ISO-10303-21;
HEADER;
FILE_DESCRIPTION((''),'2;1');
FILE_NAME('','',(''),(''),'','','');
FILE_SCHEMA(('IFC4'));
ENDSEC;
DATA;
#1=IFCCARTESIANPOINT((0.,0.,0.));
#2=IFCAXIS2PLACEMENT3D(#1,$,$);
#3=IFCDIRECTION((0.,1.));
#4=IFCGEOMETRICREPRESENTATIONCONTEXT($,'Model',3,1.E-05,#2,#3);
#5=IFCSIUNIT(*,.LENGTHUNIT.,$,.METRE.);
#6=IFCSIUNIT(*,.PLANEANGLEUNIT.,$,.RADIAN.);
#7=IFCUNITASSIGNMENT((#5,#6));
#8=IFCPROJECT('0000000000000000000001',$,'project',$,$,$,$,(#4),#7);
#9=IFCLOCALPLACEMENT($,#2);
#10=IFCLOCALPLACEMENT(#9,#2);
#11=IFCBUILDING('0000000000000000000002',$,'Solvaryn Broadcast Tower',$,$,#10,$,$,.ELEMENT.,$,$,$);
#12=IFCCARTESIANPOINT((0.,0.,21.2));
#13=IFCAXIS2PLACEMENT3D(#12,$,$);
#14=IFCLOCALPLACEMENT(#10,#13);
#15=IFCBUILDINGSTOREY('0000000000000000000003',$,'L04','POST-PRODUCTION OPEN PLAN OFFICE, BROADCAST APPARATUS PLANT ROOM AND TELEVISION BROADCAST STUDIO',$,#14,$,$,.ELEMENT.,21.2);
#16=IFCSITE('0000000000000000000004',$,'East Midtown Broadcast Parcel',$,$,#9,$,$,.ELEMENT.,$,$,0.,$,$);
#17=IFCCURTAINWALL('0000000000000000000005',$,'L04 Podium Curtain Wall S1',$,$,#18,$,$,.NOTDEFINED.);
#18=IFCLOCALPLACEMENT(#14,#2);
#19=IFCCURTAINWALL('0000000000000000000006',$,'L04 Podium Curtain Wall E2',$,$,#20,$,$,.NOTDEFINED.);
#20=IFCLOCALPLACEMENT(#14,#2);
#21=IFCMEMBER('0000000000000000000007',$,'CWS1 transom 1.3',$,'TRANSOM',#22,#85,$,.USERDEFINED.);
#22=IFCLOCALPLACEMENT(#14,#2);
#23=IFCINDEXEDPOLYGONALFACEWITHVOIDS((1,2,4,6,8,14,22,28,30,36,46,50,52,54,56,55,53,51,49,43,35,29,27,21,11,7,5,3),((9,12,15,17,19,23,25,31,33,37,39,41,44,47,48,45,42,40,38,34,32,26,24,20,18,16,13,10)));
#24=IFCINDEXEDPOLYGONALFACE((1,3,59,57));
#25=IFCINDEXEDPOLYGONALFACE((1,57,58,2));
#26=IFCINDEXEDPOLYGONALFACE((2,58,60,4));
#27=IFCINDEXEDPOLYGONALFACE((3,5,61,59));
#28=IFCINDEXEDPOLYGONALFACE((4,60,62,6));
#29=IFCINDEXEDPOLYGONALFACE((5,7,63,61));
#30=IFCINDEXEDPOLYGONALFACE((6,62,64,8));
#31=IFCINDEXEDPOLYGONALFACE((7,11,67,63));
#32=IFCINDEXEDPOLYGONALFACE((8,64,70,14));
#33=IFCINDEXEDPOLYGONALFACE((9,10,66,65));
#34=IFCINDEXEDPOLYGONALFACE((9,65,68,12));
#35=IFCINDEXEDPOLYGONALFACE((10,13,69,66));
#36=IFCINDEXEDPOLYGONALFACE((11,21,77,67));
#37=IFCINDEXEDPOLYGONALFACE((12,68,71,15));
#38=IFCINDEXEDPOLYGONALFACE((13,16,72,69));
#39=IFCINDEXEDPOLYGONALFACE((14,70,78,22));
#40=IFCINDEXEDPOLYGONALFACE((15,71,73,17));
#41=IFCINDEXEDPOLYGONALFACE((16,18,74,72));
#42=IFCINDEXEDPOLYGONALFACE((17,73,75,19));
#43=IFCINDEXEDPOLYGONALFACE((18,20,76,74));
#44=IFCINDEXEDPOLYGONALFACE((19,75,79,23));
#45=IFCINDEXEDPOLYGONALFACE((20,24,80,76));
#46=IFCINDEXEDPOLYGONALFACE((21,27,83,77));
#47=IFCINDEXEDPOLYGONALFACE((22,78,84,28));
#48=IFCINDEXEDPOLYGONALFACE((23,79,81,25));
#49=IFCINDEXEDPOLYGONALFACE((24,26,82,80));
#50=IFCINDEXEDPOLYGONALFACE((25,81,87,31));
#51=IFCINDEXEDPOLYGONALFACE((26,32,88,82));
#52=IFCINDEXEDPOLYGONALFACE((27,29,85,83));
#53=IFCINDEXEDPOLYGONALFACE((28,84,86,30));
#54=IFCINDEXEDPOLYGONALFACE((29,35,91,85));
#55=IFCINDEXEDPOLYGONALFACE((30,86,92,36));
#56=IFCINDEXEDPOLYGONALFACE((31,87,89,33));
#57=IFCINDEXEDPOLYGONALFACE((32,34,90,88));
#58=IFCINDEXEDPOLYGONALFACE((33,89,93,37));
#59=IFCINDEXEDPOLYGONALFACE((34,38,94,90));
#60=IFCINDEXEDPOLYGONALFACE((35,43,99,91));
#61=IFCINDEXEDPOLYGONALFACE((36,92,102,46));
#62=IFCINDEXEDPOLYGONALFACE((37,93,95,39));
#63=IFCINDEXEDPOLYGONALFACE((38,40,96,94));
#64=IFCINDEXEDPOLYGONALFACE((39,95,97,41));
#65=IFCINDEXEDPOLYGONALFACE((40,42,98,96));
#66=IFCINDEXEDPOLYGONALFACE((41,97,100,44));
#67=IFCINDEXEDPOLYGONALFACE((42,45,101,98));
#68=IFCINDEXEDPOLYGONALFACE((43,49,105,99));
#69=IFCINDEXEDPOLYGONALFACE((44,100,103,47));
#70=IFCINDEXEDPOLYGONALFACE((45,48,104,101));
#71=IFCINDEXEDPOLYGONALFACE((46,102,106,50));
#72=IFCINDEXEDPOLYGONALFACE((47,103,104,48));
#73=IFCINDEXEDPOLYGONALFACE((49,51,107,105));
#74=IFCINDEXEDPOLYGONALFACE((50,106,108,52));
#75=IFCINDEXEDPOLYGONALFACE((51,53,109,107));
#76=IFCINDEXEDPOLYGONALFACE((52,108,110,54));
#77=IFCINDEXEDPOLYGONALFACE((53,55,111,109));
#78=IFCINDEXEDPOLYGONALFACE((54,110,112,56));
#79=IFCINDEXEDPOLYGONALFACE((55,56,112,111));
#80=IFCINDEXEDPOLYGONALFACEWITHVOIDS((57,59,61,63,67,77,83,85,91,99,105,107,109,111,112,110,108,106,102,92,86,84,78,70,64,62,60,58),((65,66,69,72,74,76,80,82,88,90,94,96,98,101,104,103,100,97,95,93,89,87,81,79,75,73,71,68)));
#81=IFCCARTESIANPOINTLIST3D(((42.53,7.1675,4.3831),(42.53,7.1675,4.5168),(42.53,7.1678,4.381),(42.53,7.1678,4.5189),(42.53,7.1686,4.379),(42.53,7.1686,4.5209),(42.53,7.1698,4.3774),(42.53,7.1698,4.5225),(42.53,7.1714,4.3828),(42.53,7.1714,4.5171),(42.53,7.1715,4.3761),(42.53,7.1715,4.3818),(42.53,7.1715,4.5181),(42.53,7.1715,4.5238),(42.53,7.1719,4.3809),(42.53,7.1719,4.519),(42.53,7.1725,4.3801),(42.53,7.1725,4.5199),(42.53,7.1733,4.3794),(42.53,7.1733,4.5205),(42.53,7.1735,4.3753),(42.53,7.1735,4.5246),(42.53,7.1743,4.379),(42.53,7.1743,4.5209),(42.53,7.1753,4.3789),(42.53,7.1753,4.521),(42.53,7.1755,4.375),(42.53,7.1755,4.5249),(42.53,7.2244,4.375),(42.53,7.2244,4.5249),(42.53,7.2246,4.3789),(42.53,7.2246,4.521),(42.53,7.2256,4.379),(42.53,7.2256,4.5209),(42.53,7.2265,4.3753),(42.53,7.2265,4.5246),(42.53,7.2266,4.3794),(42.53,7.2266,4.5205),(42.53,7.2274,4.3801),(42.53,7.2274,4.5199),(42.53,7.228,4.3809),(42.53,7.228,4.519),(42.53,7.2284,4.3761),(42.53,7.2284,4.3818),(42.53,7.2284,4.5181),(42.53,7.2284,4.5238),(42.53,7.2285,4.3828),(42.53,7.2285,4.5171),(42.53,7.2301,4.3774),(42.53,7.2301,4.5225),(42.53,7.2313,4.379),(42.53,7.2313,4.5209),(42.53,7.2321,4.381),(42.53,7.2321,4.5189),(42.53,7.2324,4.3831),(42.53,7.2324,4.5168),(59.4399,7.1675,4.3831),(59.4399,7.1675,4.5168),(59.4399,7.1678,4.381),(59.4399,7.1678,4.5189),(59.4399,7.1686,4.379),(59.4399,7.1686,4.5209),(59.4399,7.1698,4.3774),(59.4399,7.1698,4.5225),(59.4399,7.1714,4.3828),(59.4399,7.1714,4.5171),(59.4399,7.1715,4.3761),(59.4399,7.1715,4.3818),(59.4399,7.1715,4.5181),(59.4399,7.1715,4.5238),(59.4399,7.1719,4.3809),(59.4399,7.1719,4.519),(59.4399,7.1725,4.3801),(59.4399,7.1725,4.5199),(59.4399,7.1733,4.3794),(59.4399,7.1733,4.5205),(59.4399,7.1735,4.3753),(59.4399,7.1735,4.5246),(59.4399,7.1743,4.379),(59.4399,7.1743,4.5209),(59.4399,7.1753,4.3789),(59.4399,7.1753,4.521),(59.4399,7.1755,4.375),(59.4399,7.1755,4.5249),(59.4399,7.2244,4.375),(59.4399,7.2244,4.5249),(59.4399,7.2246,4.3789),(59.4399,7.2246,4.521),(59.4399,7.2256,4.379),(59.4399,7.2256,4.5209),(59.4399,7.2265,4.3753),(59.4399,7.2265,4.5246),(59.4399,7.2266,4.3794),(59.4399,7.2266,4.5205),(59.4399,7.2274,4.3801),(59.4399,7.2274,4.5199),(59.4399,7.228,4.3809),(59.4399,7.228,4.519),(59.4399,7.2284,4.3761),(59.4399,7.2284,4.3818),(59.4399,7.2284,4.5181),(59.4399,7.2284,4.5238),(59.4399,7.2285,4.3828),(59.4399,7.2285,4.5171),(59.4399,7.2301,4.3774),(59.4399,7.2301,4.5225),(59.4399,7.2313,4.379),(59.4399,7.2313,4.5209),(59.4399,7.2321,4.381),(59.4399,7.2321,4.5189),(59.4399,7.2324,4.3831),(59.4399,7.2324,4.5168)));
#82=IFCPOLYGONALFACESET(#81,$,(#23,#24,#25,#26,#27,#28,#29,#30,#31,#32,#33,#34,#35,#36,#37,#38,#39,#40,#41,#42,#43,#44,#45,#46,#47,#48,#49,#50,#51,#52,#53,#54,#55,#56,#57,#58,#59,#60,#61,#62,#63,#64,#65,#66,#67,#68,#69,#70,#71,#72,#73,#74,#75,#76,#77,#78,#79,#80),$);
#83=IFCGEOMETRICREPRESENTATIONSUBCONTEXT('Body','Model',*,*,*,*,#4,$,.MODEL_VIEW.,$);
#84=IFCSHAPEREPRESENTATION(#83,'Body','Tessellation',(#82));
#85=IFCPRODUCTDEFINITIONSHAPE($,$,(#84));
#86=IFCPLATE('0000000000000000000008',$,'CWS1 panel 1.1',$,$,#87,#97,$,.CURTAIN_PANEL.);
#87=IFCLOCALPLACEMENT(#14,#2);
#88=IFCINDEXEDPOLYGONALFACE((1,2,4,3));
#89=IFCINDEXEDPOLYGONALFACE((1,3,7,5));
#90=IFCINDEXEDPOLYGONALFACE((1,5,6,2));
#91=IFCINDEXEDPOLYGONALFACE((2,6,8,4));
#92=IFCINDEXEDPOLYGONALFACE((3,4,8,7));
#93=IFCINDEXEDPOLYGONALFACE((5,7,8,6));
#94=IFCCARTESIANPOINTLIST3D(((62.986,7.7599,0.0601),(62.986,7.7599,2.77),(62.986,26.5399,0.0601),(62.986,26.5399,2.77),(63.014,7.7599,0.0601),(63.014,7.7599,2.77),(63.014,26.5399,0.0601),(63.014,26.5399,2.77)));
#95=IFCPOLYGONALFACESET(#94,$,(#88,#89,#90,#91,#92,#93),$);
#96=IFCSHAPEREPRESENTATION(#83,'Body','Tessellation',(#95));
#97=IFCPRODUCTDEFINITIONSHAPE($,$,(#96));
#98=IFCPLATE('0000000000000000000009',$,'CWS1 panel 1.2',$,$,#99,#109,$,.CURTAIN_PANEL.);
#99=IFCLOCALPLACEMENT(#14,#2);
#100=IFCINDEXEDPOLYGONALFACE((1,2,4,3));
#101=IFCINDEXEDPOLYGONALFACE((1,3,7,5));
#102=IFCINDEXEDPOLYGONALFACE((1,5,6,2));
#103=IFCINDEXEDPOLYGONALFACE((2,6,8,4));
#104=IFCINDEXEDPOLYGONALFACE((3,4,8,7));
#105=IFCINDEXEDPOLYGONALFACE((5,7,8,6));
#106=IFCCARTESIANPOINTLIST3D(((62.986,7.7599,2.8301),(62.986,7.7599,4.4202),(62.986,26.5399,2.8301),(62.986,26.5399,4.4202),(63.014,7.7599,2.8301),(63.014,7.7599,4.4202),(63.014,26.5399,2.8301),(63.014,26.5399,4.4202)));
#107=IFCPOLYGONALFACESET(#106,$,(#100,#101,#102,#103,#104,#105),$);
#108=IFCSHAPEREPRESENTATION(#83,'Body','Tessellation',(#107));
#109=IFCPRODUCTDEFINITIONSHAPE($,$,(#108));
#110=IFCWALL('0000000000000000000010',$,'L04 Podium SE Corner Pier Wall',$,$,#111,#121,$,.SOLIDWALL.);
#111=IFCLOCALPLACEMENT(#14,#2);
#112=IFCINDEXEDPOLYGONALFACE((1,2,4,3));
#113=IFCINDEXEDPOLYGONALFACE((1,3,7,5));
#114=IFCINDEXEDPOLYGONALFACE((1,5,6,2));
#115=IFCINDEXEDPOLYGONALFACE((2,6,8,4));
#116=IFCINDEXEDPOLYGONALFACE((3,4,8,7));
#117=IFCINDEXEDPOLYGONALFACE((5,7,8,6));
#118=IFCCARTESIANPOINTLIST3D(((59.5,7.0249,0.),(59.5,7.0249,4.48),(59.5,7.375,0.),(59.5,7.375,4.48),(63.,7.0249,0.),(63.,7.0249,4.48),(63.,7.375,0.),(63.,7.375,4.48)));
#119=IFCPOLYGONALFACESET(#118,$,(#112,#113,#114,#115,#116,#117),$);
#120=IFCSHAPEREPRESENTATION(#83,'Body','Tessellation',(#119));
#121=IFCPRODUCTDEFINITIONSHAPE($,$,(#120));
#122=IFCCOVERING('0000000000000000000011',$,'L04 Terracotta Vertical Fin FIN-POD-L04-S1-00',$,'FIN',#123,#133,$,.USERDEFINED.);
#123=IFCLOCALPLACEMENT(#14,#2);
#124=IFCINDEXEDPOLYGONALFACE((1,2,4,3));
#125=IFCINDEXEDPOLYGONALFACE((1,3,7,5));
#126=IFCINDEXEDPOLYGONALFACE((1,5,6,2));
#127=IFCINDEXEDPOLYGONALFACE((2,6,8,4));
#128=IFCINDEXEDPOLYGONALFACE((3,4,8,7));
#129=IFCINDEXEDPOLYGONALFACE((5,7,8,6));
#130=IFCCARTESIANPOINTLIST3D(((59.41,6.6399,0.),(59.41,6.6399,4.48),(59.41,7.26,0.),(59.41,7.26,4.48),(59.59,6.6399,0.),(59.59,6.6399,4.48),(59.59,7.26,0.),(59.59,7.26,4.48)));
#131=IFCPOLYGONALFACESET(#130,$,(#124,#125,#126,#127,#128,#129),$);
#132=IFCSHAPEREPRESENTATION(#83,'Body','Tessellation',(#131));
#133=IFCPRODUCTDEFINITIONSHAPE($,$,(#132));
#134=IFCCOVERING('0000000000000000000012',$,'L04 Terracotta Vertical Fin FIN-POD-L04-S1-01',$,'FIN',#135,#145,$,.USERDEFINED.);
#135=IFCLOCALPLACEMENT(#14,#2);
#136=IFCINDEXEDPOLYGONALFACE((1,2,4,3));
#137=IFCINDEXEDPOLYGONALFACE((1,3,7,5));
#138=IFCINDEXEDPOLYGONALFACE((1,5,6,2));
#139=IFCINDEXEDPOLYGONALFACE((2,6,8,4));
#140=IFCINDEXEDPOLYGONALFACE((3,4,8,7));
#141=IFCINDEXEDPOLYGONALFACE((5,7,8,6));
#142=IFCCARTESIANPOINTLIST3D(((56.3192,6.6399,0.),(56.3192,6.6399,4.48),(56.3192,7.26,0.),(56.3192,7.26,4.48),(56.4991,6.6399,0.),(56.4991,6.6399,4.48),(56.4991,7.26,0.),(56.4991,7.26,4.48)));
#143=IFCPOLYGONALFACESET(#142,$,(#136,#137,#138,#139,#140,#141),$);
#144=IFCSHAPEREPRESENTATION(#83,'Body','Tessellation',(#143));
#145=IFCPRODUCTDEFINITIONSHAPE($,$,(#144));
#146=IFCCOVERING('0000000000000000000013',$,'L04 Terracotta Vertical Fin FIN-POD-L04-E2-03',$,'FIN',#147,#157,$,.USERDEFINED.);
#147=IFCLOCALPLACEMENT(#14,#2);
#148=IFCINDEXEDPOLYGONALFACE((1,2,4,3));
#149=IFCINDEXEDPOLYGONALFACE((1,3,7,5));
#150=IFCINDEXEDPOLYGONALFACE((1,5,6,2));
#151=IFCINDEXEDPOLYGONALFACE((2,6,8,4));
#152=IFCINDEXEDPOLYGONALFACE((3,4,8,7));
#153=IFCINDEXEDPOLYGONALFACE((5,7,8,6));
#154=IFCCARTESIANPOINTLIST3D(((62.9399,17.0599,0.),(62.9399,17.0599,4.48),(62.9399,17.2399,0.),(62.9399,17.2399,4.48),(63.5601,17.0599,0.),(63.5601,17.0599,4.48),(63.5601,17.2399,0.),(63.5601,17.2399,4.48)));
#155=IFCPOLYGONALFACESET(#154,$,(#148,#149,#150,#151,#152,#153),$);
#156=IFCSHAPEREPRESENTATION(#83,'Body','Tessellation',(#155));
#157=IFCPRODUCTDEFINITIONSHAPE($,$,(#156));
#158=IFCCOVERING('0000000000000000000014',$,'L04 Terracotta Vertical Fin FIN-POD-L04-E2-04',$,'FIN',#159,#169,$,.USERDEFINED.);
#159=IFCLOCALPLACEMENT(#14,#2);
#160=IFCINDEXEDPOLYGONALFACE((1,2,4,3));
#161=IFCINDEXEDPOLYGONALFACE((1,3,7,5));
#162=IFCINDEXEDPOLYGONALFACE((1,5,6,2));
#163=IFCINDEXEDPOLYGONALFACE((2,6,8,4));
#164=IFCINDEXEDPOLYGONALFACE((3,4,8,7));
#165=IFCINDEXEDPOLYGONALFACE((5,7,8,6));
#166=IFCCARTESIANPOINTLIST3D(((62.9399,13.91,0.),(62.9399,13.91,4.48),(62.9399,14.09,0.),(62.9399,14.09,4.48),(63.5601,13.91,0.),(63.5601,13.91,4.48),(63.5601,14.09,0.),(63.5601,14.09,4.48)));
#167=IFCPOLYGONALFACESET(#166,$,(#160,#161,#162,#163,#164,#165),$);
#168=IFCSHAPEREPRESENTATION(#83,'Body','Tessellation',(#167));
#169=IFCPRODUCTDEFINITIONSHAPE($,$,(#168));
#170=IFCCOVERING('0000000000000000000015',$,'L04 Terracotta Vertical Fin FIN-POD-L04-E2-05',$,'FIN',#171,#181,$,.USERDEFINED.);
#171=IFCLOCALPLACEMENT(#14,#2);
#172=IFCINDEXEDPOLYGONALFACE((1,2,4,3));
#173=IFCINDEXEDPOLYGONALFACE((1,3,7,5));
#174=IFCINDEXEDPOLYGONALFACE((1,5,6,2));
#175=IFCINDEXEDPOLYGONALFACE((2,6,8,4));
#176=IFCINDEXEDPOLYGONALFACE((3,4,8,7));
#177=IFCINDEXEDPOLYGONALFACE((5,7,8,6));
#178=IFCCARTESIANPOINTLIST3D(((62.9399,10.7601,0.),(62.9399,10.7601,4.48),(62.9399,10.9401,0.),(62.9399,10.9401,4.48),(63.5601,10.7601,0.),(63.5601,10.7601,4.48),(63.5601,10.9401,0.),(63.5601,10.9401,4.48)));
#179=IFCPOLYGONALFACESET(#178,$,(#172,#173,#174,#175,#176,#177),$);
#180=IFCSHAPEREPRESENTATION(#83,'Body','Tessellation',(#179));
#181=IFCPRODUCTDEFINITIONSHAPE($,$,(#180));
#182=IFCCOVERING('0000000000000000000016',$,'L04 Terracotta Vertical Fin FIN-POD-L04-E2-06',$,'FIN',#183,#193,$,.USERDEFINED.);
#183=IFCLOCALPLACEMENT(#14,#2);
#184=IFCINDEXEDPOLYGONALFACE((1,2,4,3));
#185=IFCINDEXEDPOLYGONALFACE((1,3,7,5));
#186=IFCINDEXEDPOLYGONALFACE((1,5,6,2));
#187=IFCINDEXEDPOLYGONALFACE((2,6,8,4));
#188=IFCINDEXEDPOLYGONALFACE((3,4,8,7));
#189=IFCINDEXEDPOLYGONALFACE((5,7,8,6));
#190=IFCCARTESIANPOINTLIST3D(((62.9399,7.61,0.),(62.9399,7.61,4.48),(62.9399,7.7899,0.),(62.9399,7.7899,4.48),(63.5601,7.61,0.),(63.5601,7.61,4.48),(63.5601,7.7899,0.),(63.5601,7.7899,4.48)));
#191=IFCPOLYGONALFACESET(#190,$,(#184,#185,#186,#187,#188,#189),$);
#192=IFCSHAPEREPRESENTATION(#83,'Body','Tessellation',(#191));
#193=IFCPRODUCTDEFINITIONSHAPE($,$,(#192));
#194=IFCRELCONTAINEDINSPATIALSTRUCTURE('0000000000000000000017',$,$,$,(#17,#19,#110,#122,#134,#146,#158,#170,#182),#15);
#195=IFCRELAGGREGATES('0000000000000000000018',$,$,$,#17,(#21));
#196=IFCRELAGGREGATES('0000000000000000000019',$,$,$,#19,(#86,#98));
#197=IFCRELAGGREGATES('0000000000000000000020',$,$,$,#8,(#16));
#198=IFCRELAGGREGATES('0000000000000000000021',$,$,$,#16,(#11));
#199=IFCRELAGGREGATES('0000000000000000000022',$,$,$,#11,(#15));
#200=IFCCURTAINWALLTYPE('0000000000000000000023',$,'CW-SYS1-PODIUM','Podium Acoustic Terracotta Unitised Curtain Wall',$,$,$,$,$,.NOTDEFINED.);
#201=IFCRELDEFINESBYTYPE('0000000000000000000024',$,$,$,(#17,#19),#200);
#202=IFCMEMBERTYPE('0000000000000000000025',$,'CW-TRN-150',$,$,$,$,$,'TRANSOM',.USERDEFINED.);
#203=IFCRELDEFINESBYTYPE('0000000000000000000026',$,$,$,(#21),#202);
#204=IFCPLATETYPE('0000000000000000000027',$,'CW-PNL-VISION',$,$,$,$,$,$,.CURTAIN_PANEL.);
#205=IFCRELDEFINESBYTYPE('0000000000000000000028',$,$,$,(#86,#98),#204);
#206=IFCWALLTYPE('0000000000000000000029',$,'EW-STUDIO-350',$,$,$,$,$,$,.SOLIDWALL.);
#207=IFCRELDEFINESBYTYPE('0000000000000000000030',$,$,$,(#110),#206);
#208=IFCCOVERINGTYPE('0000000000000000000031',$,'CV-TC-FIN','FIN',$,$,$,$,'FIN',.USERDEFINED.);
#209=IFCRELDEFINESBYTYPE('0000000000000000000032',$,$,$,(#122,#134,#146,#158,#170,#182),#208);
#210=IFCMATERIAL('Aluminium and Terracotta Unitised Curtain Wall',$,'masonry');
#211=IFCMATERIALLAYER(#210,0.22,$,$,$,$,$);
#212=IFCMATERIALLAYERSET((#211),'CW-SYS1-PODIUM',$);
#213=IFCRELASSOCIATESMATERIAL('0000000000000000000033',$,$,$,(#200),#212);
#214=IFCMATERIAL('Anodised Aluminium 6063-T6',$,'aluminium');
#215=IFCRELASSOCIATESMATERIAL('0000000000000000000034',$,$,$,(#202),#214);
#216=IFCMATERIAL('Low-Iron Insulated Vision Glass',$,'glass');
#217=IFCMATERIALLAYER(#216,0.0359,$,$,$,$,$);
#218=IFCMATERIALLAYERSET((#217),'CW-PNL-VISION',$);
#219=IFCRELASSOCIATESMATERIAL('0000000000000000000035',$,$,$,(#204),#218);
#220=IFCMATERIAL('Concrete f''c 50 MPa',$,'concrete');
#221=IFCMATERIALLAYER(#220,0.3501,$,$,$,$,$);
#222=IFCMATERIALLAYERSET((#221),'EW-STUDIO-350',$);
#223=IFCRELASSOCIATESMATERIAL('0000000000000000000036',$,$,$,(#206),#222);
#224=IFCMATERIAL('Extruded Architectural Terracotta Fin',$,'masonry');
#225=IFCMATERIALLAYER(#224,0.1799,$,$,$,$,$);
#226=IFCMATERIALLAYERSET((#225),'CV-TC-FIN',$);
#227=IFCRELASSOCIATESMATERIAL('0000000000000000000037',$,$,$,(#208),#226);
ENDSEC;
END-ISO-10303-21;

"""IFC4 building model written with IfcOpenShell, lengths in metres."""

from ifc_helpers import new_model, si_unit, direction, frame, frame_2d, origin, origin_2d, place, context, subcontext, project, spatial, rectangle, hollow_rectangle, extrude, material, layer, layer_set, material_profile, profile_set, type_object, element, aggregate, save


model = new_model("IFC4")

# Units and contexts
model_context = context("Model", 3, precision=1e-05, world=origin(), true_north=direction((0.0, 1.0)))
body_context = subcontext(model_context, "Body", "Model", "MODEL_VIEW")
ifc_project = project(units=[si_unit("LENGTHUNIT", "METRE"), si_unit("PLANEANGLEUNIT", "RADIAN")], contexts=[model_context])

# Site, building, storey
site_placement = place(None, origin())
site = spatial("IfcSite", under=ifc_project, at=site_placement, Name="East Midtown Broadcast Parcel", CompositionType="ELEMENT", RefElevation=0.0)
building_placement = place(site_placement, origin())
building = spatial("IfcBuilding", under=site, at=building_placement, Name="Solvaryn Broadcast Tower", CompositionType="ELEMENT")
storey_placement = place(building_placement, frame((0.0, 0.0, 21.2)))
storey = spatial("IfcBuildingStorey", under=building, at=storey_placement, Name="L04", Description="POST-PRODUCTION OPEN PLAN OFFICE, BROADCAST APPARATUS PLANT ROOM AND TELEVISION BROADCAST STUDIO", CompositionType="ELEMENT", Elevation=21.2)

# Curtain walls
ifc_material_1 = material(Name="Aluminium and Terracotta Unitised Curtain Wall", Category="masonry")
ifc_layer_1 = layer(ifc_material_1, 0.22)
ifc_layer_set_1 = layer_set([ifc_layer_1], Name="CW-SYS1-PODIUM")
curtain_wall_type = type_object("IfcCurtainWallType", Name="CW-SYS1-PODIUM", Description="Podium Acoustic Terracotta Unitised Curtain Wall", PredefinedType="NOTDEFINED", material=ifc_layer_set_1)
curtain_wall_1_placement = place(storey_placement, origin())
curtain_wall_1 = element("IfcCurtainWall", 1, at=curtain_wall_1_placement, inside=storey, type_object=curtain_wall_type, Name="L04 Podium Curtain Wall S1", PredefinedType="NOTDEFINED")
curtain_wall_2_placement = place(storey_placement, origin())
curtain_wall_2 = element("IfcCurtainWall", 2, at=curtain_wall_2_placement, inside=storey, type_object=curtain_wall_type, Name="L04 Podium Curtain Wall E2", PredefinedType="NOTDEFINED")

# Member
ifc_material_2 = material(Name="Anodised Aluminium 6063-T6", Category="aluminium")
ifc_material_profile_1 = material_profile(ifc_material_2, hollow_rectangle(XDim=0.0649, YDim=0.1499, WallThickness=0.0039, InnerFilletRadius=0.0039, OuterFilletRadius=0.0081, at=origin_2d()))
ifc_profile_set_1 = profile_set([ifc_material_profile_1], Name="Anodised Aluminium 6063-T6")
member_type_1 = type_object("IfcMemberType", Name="CW-TRN-150", ElementType="TRANSOM", PredefinedType="USERDEFINED", material=ifc_profile_set_1)
member_1_placement = place(storey_placement, frame((59.4399, 7.2, 4.45), z_axis=(-1.0, 0.0, 0.0), x_axis=(0.0, -1.0, 0.0)))
member_1 = element("IfcMember", 3, at=member_1_placement, type_object=member_type_1, Name="CWS1 transom 1.3", ObjectType="TRANSOM", PredefinedType="USERDEFINED", context=body_context, shape_type="SweptSolid", body=[
    extrude(hollow_rectangle(XDim=0.0649, YDim=0.1499, WallThickness=0.0039, InnerFilletRadius=0.0039, OuterFilletRadius=0.0081, at=origin_2d()), origin(), (0.0, 0.0, 1.0), 16.9099),
])
aggregate(curtain_wall_1, [member_1])

# Plates
ifc_material_3 = material(Name="Low-Iron Insulated Vision Glass", Category="glass")
ifc_layer_2 = layer(ifc_material_3, 0.0359)
ifc_layer_set_2 = layer_set([ifc_layer_2], Name="CW-PNL-VISION")
plate_type = type_object("IfcPlateType", Name="CW-PNL-VISION", PredefinedType="CURTAIN_PANEL", material=ifc_layer_set_2)
plate_1_placement = place(storey_placement, frame((63.0, 17.1499, 0.0601), z_axis=(0.0, 0.0, 1.0), x_axis=(0.0, -1.0, 0.0)))
plate_1 = element("IfcPlate", 4, at=plate_1_placement, type_object=plate_type, Name="CWS1 panel 1.1", PredefinedType="CURTAIN_PANEL", context=body_context, shape_type="SweptSolid", body=[
    extrude(rectangle(XDim=18.78, YDim=0.0281, at=origin_2d()), origin(), (0.0, 0.0, 1.0), 2.71),
])
plate_2_placement = place(storey_placement, frame((63.0, 17.1499, 2.8301), z_axis=(0.0, 0.0, 1.0), x_axis=(0.0, -1.0, 0.0)))
plate_2 = element("IfcPlate", 5, at=plate_2_placement, type_object=plate_type, Name="CWS1 panel 1.2", PredefinedType="CURTAIN_PANEL", context=body_context, shape_type="SweptSolid", body=[
    extrude(rectangle(XDim=18.78, YDim=0.0281, at=origin_2d()), origin(), (0.0, 0.0, 1.0), 1.5901),
])
aggregate(curtain_wall_2, [plate_1, plate_2])

# Wall
ifc_material_4 = material(Name="Concrete f'c 50 MPa", Category="concrete")
ifc_layer_3 = layer(ifc_material_4, 0.3501)
ifc_layer_set_3 = layer_set([ifc_layer_3], Name="EW-STUDIO-350")
wall_type = type_object("IfcWallType", Name="EW-STUDIO-350", PredefinedType="SOLIDWALL", material=ifc_layer_set_3)
wall_placement = place(storey_placement, frame((63.0, 7.2, 0.0), z_axis=(0.0, 0.0, 1.0), x_axis=(-1.0, 0.0, 0.0)))
element("IfcWall", 6, at=wall_placement, inside=storey, type_object=wall_type, Name="L04 Podium SE Corner Pier Wall", PredefinedType="SOLIDWALL", context=body_context, shape_type="SweptSolid", body=[
    extrude(rectangle(XDim=3.5, YDim=0.3501, at=frame_2d((1.75, 0.0))), origin(), (0.0, 0.0, 1.0), 4.48),
])

# Coverings
ifc_material_5 = material(Name="Extruded Architectural Terracotta Fin", Category="masonry")
ifc_layer_4 = layer(ifc_material_5, 0.1799)
ifc_layer_set_4 = layer_set([ifc_layer_4], Name="CV-TC-FIN")
covering_type = type_object("IfcCoveringType", Name="CV-TC-FIN", Description="FIN", ElementType="FIN", PredefinedType="USERDEFINED", material=ifc_layer_set_4)
for number, where, z_axis, x_axis, name in (
    (7, (59.5, 6.95, 0.0), (0.0, 0.0, 1.0), (1.0, 0.0, 0.0), "L04 Terracotta Vertical Fin FIN-POD-L04-S1-00"),
    (8, (56.4092, 6.95, 0.0), (0.0, 0.0, 1.0), (1.0, 0.0, 0.0), "L04 Terracotta Vertical Fin FIN-POD-L04-S1-01"),
):
    element("IfcCovering", number, at=place(storey_placement, frame(where, z_axis=z_axis, x_axis=x_axis)), inside=storey, type_object=covering_type, Name=name, ObjectType="FIN", PredefinedType="USERDEFINED", context=body_context, shape_type="SweptSolid", body=[
        extrude(rectangle(XDim=0.1799, YDim=0.6201, at=origin_2d()), origin(), (0.0, 0.0, 1.0), 4.48),
    ])
for number, where, z_axis, x_axis, name in (
    (9, (63.25, 17.1499, 0.0), (0.0, 0.0, 1.0), (1.0, 0.0, 0.0), "L04 Terracotta Vertical Fin FIN-POD-L04-E2-03"),
    (10, (63.25, 14.0, 0.0), (0.0, 0.0, 1.0), (1.0, 0.0, 0.0), "L04 Terracotta Vertical Fin FIN-POD-L04-E2-04"),
    (11, (63.25, 10.8501, 0.0), (0.0, 0.0, 1.0), (1.0, 0.0, 0.0), "L04 Terracotta Vertical Fin FIN-POD-L04-E2-05"),
    (12, (63.25, 7.7, 0.0), (0.0, 0.0, 1.0), (1.0, 0.0, 0.0), "L04 Terracotta Vertical Fin FIN-POD-L04-E2-06"),
):
    element("IfcCovering", number, at=place(storey_placement, frame(where, z_axis=z_axis, x_axis=x_axis)), inside=storey, type_object=covering_type, Name=name, ObjectType="FIN", PredefinedType="USERDEFINED", context=body_context, shape_type="SweptSolid", body=[
        extrude(rectangle(XDim=0.6201, YDim=0.1799, at=origin_2d()), origin(), (0.0, 0.0, 1.0), 4.48),
    ])

save(model, "model.ifc")
